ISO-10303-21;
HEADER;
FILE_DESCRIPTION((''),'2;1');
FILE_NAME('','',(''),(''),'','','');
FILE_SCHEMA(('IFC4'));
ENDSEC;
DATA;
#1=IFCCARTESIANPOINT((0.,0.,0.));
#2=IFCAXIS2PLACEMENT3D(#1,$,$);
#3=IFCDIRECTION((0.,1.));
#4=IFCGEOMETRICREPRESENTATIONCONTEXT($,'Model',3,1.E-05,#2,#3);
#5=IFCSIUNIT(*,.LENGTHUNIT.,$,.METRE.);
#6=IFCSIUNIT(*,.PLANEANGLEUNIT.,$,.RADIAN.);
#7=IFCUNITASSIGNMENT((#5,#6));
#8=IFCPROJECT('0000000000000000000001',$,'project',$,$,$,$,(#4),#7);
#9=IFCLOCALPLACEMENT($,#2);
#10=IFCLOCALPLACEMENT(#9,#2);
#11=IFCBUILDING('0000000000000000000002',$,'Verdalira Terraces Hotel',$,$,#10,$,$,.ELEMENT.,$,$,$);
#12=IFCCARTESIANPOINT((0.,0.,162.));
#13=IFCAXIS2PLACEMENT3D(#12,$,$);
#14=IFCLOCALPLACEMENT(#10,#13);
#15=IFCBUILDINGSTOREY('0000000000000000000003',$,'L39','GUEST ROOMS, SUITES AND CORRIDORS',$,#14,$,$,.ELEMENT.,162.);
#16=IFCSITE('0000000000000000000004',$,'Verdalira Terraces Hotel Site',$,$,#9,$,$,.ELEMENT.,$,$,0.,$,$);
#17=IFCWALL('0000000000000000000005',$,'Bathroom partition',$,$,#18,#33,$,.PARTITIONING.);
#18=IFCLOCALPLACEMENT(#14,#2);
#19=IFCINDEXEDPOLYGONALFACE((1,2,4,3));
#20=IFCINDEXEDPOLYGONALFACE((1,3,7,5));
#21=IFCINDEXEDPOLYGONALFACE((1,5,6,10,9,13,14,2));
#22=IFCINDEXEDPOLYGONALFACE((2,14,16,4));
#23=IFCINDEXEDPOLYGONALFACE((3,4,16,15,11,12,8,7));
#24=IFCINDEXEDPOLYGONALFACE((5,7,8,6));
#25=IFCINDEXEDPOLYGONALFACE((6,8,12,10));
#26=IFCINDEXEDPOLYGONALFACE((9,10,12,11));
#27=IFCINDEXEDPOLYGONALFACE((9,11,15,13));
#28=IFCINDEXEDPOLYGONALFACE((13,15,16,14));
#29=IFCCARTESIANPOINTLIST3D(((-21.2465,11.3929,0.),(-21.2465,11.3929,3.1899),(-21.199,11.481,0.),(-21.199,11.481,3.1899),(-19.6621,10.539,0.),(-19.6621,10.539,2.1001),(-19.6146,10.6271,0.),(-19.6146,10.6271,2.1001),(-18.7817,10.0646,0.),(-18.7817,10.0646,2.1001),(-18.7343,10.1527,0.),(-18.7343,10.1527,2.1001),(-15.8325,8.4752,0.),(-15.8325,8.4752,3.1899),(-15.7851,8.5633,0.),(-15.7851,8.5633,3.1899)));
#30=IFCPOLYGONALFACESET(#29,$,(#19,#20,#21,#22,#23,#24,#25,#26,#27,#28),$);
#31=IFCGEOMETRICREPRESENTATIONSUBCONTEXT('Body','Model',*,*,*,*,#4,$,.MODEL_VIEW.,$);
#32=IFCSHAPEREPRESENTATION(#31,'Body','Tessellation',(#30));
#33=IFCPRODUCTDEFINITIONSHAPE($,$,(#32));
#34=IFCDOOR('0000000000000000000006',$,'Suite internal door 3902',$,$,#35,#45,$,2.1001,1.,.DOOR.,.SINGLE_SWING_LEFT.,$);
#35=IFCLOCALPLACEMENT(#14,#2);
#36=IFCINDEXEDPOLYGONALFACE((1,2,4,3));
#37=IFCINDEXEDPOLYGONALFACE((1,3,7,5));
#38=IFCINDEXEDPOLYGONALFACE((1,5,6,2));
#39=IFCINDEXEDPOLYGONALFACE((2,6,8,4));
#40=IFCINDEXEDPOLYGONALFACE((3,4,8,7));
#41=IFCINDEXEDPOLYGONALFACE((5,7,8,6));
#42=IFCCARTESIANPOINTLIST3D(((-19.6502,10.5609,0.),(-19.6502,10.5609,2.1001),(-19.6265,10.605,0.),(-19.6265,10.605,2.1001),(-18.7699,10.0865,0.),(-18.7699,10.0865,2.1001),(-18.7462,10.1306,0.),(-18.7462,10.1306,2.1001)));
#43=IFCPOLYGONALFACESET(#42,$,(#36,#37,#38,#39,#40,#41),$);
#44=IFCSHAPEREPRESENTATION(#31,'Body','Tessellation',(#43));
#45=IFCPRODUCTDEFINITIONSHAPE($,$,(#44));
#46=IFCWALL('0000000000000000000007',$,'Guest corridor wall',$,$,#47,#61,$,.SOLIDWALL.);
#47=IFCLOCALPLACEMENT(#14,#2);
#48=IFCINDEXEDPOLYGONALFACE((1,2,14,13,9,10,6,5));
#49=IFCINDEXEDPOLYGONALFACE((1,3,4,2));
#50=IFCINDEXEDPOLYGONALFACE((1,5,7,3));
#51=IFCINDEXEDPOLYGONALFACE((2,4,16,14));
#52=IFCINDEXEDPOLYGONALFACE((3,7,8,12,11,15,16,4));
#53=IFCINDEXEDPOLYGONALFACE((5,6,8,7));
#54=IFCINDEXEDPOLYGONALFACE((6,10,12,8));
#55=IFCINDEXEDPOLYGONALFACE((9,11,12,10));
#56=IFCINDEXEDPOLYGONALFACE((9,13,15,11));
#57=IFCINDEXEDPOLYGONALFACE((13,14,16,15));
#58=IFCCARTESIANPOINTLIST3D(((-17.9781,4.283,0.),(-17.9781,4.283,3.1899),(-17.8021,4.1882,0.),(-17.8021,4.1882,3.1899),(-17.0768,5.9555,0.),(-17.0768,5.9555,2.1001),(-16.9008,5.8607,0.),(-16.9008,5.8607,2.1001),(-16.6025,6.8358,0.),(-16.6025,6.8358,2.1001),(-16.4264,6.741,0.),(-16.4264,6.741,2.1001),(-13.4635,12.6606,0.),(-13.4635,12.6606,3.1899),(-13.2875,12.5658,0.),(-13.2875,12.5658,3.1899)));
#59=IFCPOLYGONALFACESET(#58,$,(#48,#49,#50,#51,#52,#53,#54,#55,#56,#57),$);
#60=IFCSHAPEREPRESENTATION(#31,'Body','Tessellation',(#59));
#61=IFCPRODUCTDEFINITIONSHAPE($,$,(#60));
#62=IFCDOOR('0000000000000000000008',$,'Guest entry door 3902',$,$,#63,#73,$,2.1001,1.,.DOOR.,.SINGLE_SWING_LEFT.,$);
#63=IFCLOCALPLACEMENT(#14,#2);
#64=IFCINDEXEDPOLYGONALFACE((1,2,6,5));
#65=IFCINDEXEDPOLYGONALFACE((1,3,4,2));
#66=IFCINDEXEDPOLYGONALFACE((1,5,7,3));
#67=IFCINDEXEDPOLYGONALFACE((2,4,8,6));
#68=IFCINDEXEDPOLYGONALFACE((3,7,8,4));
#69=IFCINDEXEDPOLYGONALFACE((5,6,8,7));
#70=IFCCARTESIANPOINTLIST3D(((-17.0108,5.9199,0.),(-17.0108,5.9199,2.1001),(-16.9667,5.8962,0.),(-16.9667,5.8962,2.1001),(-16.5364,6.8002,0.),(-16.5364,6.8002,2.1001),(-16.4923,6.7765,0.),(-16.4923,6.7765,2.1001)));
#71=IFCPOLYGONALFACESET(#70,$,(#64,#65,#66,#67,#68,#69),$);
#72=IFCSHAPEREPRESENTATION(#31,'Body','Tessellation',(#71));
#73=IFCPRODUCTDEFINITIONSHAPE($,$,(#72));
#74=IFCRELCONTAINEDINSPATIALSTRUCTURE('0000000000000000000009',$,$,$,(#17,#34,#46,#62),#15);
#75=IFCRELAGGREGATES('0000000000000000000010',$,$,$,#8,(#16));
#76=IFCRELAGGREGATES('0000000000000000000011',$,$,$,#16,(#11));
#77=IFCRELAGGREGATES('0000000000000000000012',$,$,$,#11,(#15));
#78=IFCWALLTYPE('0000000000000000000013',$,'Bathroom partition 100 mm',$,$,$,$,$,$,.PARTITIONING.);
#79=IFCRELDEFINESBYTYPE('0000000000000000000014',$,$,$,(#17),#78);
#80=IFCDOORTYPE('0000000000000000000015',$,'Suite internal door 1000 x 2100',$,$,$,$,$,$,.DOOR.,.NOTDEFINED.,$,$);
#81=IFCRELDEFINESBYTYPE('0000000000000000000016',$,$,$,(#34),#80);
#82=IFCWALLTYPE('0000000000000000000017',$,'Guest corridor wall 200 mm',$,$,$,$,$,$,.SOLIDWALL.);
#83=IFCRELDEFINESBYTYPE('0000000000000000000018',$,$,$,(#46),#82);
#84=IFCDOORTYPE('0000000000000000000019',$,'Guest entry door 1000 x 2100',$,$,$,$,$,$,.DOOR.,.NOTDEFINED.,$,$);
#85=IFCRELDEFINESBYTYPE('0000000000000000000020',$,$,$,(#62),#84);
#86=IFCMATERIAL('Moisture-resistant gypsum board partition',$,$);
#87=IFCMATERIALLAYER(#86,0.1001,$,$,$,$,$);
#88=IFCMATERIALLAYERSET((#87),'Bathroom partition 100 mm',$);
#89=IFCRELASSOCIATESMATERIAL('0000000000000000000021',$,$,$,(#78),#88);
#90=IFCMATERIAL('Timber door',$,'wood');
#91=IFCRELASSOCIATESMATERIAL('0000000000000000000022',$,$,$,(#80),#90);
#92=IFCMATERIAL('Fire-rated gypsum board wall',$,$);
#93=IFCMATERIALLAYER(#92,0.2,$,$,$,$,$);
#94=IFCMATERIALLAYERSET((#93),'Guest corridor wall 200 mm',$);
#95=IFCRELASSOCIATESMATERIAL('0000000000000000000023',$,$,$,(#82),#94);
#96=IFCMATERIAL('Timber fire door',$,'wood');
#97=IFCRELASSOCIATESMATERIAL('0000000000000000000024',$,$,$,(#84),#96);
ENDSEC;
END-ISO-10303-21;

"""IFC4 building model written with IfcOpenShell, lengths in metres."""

from ifc_helpers import new_model, si_unit, direction, frame, frame_2d, origin, place, context, subcontext, project, spatial, rectangle, extrude, material, layer, layer_set, type_object, element, fill, save


model = new_model("IFC4")

# Units and contexts
model_context = context("Model", 3, precision=1e-05, world=origin(), true_north=direction((0.0, 1.0)))
body_context = subcontext(model_context, "Body", "Model", "MODEL_VIEW")
ifc_project = project(units=[si_unit("LENGTHUNIT", "METRE"), si_unit("PLANEANGLEUNIT", "RADIAN")], contexts=[model_context])

# Site, building, storey
site_placement = place(None, origin())
site = spatial("IfcSite", under=ifc_project, at=site_placement, Name="Verdalira Terraces Hotel Site", CompositionType="ELEMENT", RefElevation=0.0)
building_placement = place(site_placement, origin())
building = spatial("IfcBuilding", under=site, at=building_placement, Name="Verdalira Terraces Hotel", CompositionType="ELEMENT")
storey_placement = place(building_placement, frame((0.0, 0.0, 162.0)))
storey = spatial("IfcBuildingStorey", under=building, at=storey_placement, Name="L39", Description="GUEST ROOMS, SUITES AND CORRIDORS", CompositionType="ELEMENT", Elevation=162.0)

# Shared definitions
ifc_material_1 = material(Name="Moisture-resistant gypsum board partition")
ifc_layer_1 = layer(ifc_material_1, 0.1001)
ifc_layer_set_1 = layer_set([ifc_layer_1], Name="Bathroom partition 100 mm")
wall_type_1 = type_object("IfcWallType", Name="Bathroom partition 100 mm", PredefinedType="PARTITIONING", material=ifc_layer_set_1)

# Walls, openings, doors
ifc_material_2 = material(Name="Timber door", Category="wood")
door_type_1 = type_object("IfcDoorType", Name="Suite internal door 1000 x 2100", OperationType="NOTDEFINED", PredefinedType="DOOR", material=ifc_material_2)
wall_1_placement = place(storey_placement, frame((-21.2229, 11.437, 0.0), z_axis=(0.0, 0.0, 1.0), x_axis=(0.880304, -0.47441, 0.0)))
wall_1 = element("IfcWall", 1, at=wall_1_placement, inside=storey, type_object=wall_type_1, Name="Bathroom partition", PredefinedType="PARTITIONING", context=body_context, shape_type="SweptSolid", body=[
    extrude(rectangle(XDim=6.1501, YDim=0.1001, at=frame_2d((3.0752, 0.0))), origin(), (0.0, 0.0, 1.0), 3.1899),
])
opening_1_placement = place(wall_1_placement, frame((1.8, 0.0, 0.0)))
opening_1 = element("IfcOpeningElement", 2, at=opening_1_placement, cuts=wall_1, PredefinedType="OPENING", context=body_context, shape_type="SweptSolid", body=[
    extrude(rectangle(XDim=1.0, YDim=2.1001, at=frame_2d((0.5, 1.05))), frame((0.0, 0.0601, 0.0), z_axis=(0.0, -1.0, 0.0), x_axis=(1.0, 0.0, 0.0)), (0.0, 0.0, 1.0), 0.1201),
])
door_1_placement = place(opening_1_placement, origin())
door_1 = element("IfcDoor", 3, at=door_1_placement, inside=storey, type_object=door_type_1, Name="Suite internal door 3902", OperationType="SINGLE_SWING_LEFT", OverallHeight=2.1001, OverallWidth=1.0, PredefinedType="DOOR", context=body_context, shape_type="SweptSolid", body=[
    extrude(rectangle(XDim=1.0, YDim=2.1001, at=frame_2d((0.5, 1.05))), frame((0.0, 0.0249, 0.0), z_axis=(0.0, -1.0, 0.0), x_axis=(1.0, 0.0, 0.0)), (0.0, 0.0, 1.0), 0.05),
])
fill(opening_1, door_1)
ifc_material_3 = material(Name="Fire-rated gypsum board wall")
ifc_layer_2 = layer(ifc_material_3, 0.2)
ifc_layer_set_2 = layer_set([ifc_layer_2], Name="Guest corridor wall 200 mm")
wall_type_2 = type_object("IfcWallType", Name="Guest corridor wall 200 mm", PredefinedType="SOLIDWALL", material=ifc_layer_set_2)
wall_2_placement = place(storey_placement, frame((-17.8901, 4.2356, 0.0), z_axis=(0.0, 0.0, 1.0), x_axis=(0.474392, 0.880314, 0.0)))
wall_2 = element("IfcWall", 4, at=wall_2_placement, inside=storey, type_object=wall_type_2, Name="Guest corridor wall", PredefinedType="SOLIDWALL", context=body_context, shape_type="SweptSolid", body=[
    extrude(rectangle(XDim=9.5166, YDim=0.2, at=frame_2d((4.7583, 0.0))), origin(), (0.0, 0.0, 1.0), 3.1899),
])
opening_2_placement = place(wall_2_placement, frame((1.8999, 0.0, 0.0)))
opening_2 = element("IfcOpeningElement", 5, at=opening_2_placement, cuts=wall_2, PredefinedType="OPENING", context=body_context, shape_type="SweptSolid", body=[
    extrude(rectangle(XDim=1.0, YDim=2.1001, at=frame_2d((0.5, 1.05))), frame((0.0, 0.1099, 0.0), z_axis=(0.0, -1.0, 0.0), x_axis=(1.0, 0.0, 0.0)), (0.0, 0.0, 1.0), 0.22),
])
ifc_material_4 = material(Name="Timber fire door", Category="wood")
door_type_2 = type_object("IfcDoorType", Name="Guest entry door 1000 x 2100", OperationType="NOTDEFINED", PredefinedType="DOOR", material=ifc_material_4)
door_2_placement = place(opening_2_placement, origin())
door_2 = element("IfcDoor", 6, at=door_2_placement, inside=storey, type_object=door_type_2, Name="Guest entry door 3902", OperationType="SINGLE_SWING_LEFT", OverallHeight=2.1001, OverallWidth=1.0, PredefinedType="DOOR", context=body_context, shape_type="SweptSolid", body=[
    extrude(rectangle(XDim=1.0, YDim=2.1001, at=frame_2d((0.5, 1.05))), frame((0.0, 0.0249, 0.0), z_axis=(0.0, -1.0, 0.0), x_axis=(1.0, 0.0, 0.0)), (0.0, 0.0, 1.0), 0.05),
])
fill(opening_2, door_2)

save(model, "model.ifc")
